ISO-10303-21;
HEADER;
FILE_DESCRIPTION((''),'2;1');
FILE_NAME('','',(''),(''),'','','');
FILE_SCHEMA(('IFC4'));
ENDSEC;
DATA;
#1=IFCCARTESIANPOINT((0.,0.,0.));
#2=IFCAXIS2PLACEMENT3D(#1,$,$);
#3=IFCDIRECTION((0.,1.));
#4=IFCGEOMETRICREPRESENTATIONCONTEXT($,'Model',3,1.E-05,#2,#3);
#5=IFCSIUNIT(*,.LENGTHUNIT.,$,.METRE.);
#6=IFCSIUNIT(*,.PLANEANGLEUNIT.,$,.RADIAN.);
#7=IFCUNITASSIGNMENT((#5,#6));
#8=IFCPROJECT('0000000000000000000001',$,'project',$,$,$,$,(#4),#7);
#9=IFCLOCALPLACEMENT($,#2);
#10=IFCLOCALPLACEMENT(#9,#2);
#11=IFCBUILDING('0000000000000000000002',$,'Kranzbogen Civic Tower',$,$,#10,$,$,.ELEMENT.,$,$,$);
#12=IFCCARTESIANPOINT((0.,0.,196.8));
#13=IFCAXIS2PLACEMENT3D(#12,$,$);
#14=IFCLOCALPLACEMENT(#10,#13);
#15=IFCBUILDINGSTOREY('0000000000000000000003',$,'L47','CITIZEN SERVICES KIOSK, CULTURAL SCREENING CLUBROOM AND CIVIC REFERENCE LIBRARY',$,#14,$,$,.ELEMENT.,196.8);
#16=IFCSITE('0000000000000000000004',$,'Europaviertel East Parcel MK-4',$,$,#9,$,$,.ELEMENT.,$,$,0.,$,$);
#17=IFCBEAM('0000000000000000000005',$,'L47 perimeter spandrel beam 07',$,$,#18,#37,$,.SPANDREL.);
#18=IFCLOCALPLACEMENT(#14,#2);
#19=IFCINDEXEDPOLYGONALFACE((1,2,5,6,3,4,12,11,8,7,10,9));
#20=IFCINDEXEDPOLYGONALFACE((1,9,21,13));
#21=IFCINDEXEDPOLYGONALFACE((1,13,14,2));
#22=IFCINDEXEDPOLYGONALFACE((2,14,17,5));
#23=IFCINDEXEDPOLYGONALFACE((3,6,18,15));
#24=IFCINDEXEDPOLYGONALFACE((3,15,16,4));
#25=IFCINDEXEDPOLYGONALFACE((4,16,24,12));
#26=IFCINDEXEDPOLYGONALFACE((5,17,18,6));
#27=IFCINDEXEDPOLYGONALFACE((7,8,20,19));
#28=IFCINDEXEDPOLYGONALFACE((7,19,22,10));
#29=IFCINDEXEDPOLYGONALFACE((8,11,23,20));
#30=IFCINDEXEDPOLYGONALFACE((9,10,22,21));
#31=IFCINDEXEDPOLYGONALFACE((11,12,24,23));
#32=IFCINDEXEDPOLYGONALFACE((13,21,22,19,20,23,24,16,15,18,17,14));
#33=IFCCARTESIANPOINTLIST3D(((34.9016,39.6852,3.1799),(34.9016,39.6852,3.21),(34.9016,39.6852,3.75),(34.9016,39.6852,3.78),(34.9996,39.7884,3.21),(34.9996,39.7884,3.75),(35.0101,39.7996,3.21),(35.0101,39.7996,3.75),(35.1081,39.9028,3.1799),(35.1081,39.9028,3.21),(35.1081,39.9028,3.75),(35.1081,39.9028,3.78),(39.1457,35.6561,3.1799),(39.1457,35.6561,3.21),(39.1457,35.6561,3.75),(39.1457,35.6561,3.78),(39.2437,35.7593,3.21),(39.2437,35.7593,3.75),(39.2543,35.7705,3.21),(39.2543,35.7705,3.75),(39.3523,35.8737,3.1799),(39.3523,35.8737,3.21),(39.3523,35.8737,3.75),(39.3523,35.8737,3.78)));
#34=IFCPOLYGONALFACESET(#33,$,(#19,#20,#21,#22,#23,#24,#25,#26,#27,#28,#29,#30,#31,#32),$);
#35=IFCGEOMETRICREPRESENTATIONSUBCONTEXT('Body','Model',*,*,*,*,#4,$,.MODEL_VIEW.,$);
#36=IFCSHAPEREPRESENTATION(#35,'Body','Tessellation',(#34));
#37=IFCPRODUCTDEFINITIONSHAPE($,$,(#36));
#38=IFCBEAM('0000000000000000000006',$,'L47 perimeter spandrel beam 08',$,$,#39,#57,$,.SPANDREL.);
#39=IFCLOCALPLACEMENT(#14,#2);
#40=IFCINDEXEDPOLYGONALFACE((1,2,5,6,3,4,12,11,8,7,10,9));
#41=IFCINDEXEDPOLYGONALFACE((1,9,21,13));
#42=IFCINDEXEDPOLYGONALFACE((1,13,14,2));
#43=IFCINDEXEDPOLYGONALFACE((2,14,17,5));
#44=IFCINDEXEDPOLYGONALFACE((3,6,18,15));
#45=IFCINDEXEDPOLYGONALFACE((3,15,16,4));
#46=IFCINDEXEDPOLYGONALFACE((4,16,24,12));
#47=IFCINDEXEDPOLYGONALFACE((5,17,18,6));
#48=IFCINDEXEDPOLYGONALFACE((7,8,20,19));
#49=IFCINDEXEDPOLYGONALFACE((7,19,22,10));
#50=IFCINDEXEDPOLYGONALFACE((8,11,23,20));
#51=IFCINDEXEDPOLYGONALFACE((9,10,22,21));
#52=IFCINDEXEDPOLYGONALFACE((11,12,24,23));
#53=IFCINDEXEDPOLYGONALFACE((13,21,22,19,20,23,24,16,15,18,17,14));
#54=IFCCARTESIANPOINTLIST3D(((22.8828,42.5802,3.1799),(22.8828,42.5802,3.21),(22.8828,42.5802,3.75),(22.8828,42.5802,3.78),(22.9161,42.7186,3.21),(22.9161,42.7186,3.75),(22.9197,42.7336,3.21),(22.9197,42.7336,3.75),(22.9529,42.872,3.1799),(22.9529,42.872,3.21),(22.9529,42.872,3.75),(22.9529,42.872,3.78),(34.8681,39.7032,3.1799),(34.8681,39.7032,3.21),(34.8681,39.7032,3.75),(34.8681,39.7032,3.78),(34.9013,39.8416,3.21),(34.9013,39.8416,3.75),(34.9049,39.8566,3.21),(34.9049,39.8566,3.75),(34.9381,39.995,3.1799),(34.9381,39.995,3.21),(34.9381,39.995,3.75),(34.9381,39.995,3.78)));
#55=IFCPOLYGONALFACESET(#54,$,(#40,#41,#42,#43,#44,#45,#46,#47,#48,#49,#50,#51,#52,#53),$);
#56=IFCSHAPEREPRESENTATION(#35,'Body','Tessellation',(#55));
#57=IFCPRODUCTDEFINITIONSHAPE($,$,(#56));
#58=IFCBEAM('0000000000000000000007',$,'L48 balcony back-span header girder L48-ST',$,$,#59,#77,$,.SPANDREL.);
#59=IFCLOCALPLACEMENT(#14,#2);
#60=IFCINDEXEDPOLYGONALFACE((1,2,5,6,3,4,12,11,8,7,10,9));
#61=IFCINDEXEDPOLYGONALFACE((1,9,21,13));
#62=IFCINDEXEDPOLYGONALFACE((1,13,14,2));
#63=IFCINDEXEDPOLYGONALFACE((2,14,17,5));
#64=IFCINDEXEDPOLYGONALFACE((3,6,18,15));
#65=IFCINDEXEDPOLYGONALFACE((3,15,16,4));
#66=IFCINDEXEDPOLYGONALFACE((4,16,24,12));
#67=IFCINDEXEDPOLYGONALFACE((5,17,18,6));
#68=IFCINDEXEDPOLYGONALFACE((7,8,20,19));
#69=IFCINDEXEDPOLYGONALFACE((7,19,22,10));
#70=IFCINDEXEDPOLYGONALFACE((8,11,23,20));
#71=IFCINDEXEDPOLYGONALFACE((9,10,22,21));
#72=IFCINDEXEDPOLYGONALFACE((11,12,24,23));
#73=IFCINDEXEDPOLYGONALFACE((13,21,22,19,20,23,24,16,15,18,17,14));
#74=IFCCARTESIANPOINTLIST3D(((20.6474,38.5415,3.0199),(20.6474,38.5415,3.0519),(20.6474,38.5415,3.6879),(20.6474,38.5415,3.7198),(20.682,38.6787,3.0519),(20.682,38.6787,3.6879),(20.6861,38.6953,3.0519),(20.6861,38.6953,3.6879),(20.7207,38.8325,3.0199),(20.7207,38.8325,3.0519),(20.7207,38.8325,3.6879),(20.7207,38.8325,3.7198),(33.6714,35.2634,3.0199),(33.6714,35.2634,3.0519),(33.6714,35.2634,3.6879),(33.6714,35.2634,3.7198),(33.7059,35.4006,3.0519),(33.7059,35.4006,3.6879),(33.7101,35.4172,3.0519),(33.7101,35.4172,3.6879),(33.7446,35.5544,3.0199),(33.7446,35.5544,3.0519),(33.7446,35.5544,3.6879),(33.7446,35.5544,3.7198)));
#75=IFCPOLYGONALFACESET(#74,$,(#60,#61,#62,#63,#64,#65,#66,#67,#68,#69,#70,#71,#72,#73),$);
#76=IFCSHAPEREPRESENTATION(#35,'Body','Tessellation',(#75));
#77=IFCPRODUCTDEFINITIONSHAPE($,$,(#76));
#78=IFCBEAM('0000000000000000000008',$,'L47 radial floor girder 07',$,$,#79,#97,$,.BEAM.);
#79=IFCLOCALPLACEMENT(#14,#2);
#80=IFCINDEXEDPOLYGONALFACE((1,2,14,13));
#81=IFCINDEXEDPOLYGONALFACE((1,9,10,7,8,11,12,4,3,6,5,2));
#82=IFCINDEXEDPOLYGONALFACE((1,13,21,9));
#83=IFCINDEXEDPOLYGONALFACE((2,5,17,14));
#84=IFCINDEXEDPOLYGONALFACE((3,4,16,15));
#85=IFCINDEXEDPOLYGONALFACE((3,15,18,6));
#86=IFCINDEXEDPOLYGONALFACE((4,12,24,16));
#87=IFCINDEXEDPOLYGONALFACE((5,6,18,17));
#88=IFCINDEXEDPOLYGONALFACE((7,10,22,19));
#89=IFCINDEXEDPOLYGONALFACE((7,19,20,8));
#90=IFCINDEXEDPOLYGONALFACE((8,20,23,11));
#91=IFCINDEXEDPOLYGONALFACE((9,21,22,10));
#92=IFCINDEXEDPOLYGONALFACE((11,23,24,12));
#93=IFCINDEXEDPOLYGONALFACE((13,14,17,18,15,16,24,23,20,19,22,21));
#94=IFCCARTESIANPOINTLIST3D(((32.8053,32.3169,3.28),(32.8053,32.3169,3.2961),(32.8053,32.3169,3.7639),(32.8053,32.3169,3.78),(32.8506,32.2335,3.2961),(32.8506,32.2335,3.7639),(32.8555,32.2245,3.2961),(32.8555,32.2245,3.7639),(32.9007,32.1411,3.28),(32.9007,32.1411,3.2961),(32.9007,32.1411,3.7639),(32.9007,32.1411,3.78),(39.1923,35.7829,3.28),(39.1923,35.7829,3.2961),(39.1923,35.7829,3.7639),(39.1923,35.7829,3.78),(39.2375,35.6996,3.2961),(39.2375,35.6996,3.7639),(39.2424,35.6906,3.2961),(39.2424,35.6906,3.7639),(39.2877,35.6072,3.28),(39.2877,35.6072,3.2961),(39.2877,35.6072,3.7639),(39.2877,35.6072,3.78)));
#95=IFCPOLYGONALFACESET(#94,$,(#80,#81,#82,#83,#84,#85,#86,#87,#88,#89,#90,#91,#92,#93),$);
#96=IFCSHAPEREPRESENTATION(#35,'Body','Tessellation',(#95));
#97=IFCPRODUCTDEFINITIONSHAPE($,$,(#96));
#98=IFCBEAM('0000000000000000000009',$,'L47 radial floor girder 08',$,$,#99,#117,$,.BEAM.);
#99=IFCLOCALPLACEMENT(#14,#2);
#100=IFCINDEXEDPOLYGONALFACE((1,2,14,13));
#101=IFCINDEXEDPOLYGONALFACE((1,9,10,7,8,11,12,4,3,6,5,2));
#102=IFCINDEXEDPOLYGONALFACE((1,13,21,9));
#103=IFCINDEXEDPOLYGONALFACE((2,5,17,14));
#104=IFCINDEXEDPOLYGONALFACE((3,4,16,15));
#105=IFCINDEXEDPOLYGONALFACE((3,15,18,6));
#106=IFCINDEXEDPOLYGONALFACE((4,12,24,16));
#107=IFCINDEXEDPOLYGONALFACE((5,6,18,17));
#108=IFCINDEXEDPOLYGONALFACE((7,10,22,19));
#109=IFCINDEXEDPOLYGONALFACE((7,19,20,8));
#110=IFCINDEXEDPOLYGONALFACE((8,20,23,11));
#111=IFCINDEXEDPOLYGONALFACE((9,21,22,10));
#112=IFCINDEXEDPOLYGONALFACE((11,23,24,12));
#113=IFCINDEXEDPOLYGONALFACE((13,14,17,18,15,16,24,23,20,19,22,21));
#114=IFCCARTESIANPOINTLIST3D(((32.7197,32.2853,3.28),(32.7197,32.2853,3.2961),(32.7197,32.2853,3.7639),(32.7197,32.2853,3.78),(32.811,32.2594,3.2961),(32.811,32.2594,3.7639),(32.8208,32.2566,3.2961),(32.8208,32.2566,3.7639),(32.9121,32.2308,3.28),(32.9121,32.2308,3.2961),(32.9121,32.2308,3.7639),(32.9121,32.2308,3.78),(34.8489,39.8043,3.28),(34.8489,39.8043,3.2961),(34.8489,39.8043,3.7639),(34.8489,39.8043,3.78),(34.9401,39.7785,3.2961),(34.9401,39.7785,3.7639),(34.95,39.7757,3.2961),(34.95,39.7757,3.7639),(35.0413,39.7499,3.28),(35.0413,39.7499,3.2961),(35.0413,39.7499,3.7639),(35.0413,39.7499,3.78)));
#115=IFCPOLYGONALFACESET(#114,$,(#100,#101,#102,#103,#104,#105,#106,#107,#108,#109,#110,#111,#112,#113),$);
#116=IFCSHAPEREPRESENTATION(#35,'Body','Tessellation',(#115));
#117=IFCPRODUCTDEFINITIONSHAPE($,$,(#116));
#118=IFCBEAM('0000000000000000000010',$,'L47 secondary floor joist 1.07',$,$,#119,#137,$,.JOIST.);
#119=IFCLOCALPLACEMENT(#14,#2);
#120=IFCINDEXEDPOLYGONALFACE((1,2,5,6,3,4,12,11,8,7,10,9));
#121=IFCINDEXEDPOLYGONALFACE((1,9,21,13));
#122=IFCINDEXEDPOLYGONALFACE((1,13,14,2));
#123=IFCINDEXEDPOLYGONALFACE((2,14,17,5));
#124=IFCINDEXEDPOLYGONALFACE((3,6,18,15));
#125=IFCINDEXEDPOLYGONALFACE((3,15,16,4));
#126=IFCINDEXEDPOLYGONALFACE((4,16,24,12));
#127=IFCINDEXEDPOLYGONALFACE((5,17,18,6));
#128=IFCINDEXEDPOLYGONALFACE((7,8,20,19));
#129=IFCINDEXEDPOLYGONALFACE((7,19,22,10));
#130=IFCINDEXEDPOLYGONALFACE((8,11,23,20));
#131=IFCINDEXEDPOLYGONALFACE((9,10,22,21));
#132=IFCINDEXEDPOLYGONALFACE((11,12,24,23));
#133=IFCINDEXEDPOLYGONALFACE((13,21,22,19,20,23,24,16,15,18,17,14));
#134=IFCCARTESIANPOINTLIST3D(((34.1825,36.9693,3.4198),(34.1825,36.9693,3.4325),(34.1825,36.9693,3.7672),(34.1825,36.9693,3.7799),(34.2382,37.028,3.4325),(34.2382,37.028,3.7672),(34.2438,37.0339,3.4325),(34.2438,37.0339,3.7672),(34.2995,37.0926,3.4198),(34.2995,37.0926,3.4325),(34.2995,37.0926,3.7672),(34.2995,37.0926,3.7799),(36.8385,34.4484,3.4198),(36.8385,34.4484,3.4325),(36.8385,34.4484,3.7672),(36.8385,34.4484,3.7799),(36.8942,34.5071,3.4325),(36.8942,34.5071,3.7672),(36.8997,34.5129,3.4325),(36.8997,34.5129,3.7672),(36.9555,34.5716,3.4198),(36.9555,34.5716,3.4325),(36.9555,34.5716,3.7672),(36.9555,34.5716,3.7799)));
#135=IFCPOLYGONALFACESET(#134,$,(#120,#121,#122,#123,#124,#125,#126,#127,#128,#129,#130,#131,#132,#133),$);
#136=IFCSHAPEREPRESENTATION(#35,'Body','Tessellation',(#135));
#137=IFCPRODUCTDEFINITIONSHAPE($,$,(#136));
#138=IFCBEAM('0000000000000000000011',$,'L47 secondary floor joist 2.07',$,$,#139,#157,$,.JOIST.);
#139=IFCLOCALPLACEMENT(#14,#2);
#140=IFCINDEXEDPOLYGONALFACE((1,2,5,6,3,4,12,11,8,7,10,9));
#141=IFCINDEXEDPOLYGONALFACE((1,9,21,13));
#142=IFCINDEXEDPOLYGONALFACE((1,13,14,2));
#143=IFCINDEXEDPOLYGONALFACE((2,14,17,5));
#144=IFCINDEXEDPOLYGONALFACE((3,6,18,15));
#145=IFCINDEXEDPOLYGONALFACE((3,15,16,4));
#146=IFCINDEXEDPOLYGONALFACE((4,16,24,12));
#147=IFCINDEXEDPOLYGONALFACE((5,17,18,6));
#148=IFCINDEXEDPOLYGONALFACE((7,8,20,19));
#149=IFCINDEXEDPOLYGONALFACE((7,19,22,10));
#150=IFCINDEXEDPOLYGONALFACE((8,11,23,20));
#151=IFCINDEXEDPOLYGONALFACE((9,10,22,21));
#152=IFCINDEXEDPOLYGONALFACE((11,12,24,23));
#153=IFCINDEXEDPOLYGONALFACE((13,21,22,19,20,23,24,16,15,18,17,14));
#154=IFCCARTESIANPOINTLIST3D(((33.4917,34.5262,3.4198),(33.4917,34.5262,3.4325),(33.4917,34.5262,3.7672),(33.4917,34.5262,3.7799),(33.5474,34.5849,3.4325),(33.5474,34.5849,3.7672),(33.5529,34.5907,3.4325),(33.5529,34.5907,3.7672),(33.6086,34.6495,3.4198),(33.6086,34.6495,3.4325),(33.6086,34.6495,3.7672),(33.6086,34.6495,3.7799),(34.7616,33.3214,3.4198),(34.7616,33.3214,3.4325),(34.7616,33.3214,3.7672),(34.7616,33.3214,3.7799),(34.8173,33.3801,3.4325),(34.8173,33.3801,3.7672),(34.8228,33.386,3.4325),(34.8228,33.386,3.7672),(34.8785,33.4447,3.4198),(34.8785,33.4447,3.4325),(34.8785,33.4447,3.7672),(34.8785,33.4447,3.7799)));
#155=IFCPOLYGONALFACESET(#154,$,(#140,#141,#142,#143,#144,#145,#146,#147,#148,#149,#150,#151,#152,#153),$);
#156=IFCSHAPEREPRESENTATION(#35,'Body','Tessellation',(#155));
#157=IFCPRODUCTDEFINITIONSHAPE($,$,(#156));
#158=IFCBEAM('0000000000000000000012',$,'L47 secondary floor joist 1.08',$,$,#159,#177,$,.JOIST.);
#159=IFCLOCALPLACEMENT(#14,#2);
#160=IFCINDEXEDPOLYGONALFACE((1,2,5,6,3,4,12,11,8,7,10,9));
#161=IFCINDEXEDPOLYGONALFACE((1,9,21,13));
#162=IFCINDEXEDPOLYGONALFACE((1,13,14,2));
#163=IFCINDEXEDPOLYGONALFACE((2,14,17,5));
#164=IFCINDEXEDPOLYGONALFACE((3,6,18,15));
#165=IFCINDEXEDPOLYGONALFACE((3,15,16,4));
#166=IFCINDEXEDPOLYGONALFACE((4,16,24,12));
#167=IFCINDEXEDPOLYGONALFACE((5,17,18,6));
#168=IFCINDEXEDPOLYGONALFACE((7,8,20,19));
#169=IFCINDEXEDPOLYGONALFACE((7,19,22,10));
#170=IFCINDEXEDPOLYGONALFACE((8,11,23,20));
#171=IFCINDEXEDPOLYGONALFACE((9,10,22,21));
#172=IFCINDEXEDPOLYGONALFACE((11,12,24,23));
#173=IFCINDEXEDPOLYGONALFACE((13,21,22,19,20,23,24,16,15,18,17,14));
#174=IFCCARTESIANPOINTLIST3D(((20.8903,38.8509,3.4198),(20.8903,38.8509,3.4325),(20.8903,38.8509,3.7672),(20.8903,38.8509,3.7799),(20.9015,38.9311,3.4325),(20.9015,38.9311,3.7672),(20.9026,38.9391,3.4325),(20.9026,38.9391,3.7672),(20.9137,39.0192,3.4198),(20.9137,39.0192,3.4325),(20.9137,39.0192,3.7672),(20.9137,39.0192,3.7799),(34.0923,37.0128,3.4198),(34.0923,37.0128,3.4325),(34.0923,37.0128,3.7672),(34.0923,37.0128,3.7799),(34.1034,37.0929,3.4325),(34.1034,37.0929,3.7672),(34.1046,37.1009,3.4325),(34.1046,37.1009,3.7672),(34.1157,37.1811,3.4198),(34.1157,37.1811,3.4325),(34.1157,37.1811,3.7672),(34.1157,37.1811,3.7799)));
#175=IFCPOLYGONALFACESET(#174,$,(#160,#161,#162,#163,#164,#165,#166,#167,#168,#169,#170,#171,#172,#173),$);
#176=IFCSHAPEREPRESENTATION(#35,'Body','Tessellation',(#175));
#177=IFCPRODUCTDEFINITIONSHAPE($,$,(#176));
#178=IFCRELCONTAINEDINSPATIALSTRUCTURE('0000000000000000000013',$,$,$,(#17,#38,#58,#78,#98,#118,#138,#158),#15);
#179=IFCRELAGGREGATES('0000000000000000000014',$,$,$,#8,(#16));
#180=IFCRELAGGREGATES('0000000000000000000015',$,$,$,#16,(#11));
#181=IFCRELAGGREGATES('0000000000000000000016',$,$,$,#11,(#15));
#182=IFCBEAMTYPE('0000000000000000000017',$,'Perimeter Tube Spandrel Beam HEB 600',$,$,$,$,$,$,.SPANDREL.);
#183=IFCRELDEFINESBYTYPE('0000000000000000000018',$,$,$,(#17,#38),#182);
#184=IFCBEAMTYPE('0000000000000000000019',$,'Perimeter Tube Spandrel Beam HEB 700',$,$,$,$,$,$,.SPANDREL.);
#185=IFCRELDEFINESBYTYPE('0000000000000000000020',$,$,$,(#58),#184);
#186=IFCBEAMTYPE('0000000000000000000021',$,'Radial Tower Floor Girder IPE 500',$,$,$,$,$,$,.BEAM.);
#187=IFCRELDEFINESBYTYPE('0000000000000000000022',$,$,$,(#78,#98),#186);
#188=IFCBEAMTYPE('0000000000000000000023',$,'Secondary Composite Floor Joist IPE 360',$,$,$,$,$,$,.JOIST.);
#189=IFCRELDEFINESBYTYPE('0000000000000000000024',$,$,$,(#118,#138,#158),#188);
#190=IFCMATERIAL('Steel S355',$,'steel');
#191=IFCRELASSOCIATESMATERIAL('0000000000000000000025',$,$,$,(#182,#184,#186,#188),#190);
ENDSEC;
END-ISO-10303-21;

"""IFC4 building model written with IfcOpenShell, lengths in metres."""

from ifc_helpers import new_model, si_unit, direction, frame, origin, origin_2d, place, context, subcontext, project, spatial, i_section, extrude, material, material_profile, profile_set, type_object, element, save


model = new_model("IFC4")

# Units and contexts
model_context = context("Model", 3, precision=1e-05, world=origin(), true_north=direction((0.0, 1.0)))
body_context = subcontext(model_context, "Body", "Model", "MODEL_VIEW")
ifc_project = project(units=[si_unit("LENGTHUNIT", "METRE"), si_unit("PLANEANGLEUNIT", "RADIAN")], contexts=[model_context])

# Site, building, storey
site_placement = place(None, origin())
site = spatial("IfcSite", under=ifc_project, at=site_placement, Name="Europaviertel East Parcel MK-4", CompositionType="ELEMENT", RefElevation=0.0)
building_placement = place(site_placement, origin())
building = spatial("IfcBuilding", under=site, at=building_placement, Name="Kranzbogen Civic Tower", CompositionType="ELEMENT")
storey_placement = place(building_placement, frame((0.0, 0.0, 196.8)))
storey = spatial("IfcBuildingStorey", under=building, at=storey_placement, Name="L47", Description="CITIZEN SERVICES KIOSK, CULTURAL SCREENING CLUBROOM AND CIVIC REFERENCE LIBRARY", CompositionType="ELEMENT", Elevation=196.8)

# Shared definitions
ifc_material_1 = material(Name="Steel S355", Category="steel")

# Beams
ifc_material_profile_1 = material_profile(ifc_material_1, i_section(OverallWidth=0.3, OverallDepth=0.6001, WebThickness=0.0154, FlangeThickness=0.03, at=origin_2d()), Name="HEB 600")
ifc_profile_set_1 = profile_set([ifc_material_profile_1], Name="Steel S355")
beam_type_1 = type_object("IfcBeamType", Name="Perimeter Tube Spandrel Beam HEB 600", PredefinedType="SPANDREL", material=ifc_profile_set_1)
beam_1_placement = place(storey_placement, frame((39.249, 35.7649, 3.48), z_axis=(-0.725245, 0.688491, 0.0), x_axis=(-0.688491, -0.725245, 0.0)))
element("IfcBeam", 1, at=beam_1_placement, inside=storey, type_object=beam_type_1, Name="L47 perimeter spandrel beam 07", PredefinedType="SPANDREL", context=body_context, shape_type="SweptSolid", body=[
    extrude(i_section(OverallWidth=0.3, OverallDepth=0.6001, WebThickness=0.0154, FlangeThickness=0.03, at=origin_2d()), origin(), (0.0, 0.0, 1.0), 5.8521),
])
beam_2_placement = place(storey_placement, frame((34.9031, 39.8491, 3.48), z_axis=(-0.972378, 0.233413, 0.0), x_axis=(-0.233413, -0.972378, 0.0)))
element("IfcBeam", 2, at=beam_2_placement, inside=storey, type_object=beam_type_1, Name="L47 perimeter spandrel beam 08", PredefinedType="SPANDREL", context=body_context, shape_type="SweptSolid", body=[
    extrude(i_section(OverallWidth=0.3, OverallDepth=0.6001, WebThickness=0.0154, FlangeThickness=0.03, at=origin_2d()), origin(), (0.0, 0.0, 1.0), 12.3257),
])
ifc_material_profile_2 = material_profile(ifc_material_1, i_section(OverallWidth=0.3, OverallDepth=0.7, WebThickness=0.0171, FlangeThickness=0.032, at=origin_2d()), Name="HEB 700")
ifc_profile_set_2 = profile_set([ifc_material_profile_2], Name="Steel S355")
beam_type_2 = type_object("IfcBeamType", Name="Perimeter Tube Spandrel Beam HEB 700", PredefinedType="SPANDREL", material=ifc_profile_set_2)
beam_3_placement = place(storey_placement, frame((33.708, 35.4089, 3.3699), z_axis=(-0.969754, 0.244084, 0.0), x_axis=(-0.244084, -0.969754, 0.0)))
element("IfcBeam", 3, at=beam_3_placement, inside=storey, type_object=beam_type_2, Name="L48 balcony back-span header girder L48-ST", PredefinedType="SPANDREL", context=body_context, shape_type="SweptSolid", body=[
    extrude(i_section(OverallWidth=0.3, OverallDepth=0.7, WebThickness=0.0171, FlangeThickness=0.032, at=origin_2d()), origin(), (0.0, 0.0, 1.0), 13.4302),
])
ifc_material_profile_3 = material_profile(ifc_material_1, i_section(OverallWidth=0.2, OverallDepth=0.5, WebThickness=0.0103, FlangeThickness=0.0161, at=origin_2d()), Name="IPE 500")
ifc_profile_set_3 = profile_set([ifc_material_profile_3], Name="Steel S355")
beam_type_3 = type_object("IfcBeamType", Name="Radial Tower Floor Girder IPE 500", PredefinedType="BEAM", material=ifc_profile_set_3)
beam_4_placement = place(storey_placement, frame((39.24, 35.6951, 3.53), z_axis=(-0.878919, -0.47697, 0.0), x_axis=(0.47697, -0.878919, 0.0)))
element("IfcBeam", 4, at=beam_4_placement, inside=storey, type_object=beam_type_3, Name="L47 radial floor girder 07", PredefinedType="BEAM", context=body_context, shape_type="SweptSolid", body=[
    extrude(i_section(OverallWidth=0.2, OverallDepth=0.5, WebThickness=0.0103, FlangeThickness=0.0161, at=origin_2d()), origin(), (0.0, 0.0, 1.0), 7.2668),
])
beam_5_placement = place(storey_placement, frame((34.9451, 39.7771, 3.53), z_axis=(-0.272455, -0.962169, 0.0), x_axis=(0.962169, -0.272455, 0.0)))
element("IfcBeam", 5, at=beam_5_placement, inside=storey, type_object=beam_type_3, Name="L47 radial floor girder 08", PredefinedType="BEAM", context=body_context, shape_type="SweptSolid", body=[
    extrude(i_section(OverallWidth=0.2, OverallDepth=0.5, WebThickness=0.0103, FlangeThickness=0.0161, at=origin_2d()), origin(), (0.0, 0.0, 1.0), 7.8147),
])
ifc_material_profile_4 = material_profile(ifc_material_1, i_section(OverallWidth=0.1699, OverallDepth=0.3601, WebThickness=0.0081, FlangeThickness=0.0127, at=origin_2d()), Name="IPE 360")
ifc_profile_set_4 = profile_set([ifc_material_profile_4], Name="Steel S355")
beam_type_4 = type_object("IfcBeamType", Name="Secondary Composite Floor Joist IPE 360", PredefinedType="JOIST", material=ifc_profile_set_4)
beam_6_placement = place(storey_placement, frame((36.897, 34.51, 3.5999), z_axis=(-0.725301, 0.688432, 0.0), x_axis=(-0.688432, -0.725301, 0.0)))
element("IfcBeam", 6, at=beam_6_placement, inside=storey, type_object=beam_type_4, Name="L47 secondary floor joist 1.07", PredefinedType="JOIST", context=body_context, shape_type="SweptSolid", body=[
    extrude(i_section(OverallWidth=0.1699, OverallDepth=0.3601, WebThickness=0.0081, FlangeThickness=0.0127, at=origin_2d()), origin(), (0.0, 0.0, 1.0), 3.6619),
])
beam_7_placement = place(storey_placement, frame((34.8201, 33.3831, 3.5999), z_axis=(-0.72548, 0.688243, 0.0), x_axis=(-0.688243, -0.72548, 0.0)))
element("IfcBeam", 7, at=beam_7_placement, inside=storey, type_object=beam_type_4, Name="L47 secondary floor joist 2.07", PredefinedType="JOIST", context=body_context, shape_type="SweptSolid", body=[
    extrude(i_section(OverallWidth=0.1699, OverallDepth=0.3601, WebThickness=0.0081, FlangeThickness=0.0127, at=origin_2d()), origin(), (0.0, 0.0, 1.0), 1.7505),
])
beam_8_placement = place(storey_placement, frame((34.104, 37.0969, 3.5999), z_axis=(-0.990446, 0.137902, 0.0), x_axis=(-0.137902, -0.990446, 0.0)))
element("IfcBeam", 8, at=beam_8_placement, inside=storey, type_object=beam_type_4, Name="L47 secondary floor joist 1.08", PredefinedType="JOIST", context=body_context, shape_type="SweptSolid", body=[
    extrude(i_section(OverallWidth=0.1699, OverallDepth=0.3601, WebThickness=0.0081, FlangeThickness=0.0127, at=origin_2d()), origin(), (0.0, 0.0, 1.0), 13.3293),
])

save(model, "model.ifc")
